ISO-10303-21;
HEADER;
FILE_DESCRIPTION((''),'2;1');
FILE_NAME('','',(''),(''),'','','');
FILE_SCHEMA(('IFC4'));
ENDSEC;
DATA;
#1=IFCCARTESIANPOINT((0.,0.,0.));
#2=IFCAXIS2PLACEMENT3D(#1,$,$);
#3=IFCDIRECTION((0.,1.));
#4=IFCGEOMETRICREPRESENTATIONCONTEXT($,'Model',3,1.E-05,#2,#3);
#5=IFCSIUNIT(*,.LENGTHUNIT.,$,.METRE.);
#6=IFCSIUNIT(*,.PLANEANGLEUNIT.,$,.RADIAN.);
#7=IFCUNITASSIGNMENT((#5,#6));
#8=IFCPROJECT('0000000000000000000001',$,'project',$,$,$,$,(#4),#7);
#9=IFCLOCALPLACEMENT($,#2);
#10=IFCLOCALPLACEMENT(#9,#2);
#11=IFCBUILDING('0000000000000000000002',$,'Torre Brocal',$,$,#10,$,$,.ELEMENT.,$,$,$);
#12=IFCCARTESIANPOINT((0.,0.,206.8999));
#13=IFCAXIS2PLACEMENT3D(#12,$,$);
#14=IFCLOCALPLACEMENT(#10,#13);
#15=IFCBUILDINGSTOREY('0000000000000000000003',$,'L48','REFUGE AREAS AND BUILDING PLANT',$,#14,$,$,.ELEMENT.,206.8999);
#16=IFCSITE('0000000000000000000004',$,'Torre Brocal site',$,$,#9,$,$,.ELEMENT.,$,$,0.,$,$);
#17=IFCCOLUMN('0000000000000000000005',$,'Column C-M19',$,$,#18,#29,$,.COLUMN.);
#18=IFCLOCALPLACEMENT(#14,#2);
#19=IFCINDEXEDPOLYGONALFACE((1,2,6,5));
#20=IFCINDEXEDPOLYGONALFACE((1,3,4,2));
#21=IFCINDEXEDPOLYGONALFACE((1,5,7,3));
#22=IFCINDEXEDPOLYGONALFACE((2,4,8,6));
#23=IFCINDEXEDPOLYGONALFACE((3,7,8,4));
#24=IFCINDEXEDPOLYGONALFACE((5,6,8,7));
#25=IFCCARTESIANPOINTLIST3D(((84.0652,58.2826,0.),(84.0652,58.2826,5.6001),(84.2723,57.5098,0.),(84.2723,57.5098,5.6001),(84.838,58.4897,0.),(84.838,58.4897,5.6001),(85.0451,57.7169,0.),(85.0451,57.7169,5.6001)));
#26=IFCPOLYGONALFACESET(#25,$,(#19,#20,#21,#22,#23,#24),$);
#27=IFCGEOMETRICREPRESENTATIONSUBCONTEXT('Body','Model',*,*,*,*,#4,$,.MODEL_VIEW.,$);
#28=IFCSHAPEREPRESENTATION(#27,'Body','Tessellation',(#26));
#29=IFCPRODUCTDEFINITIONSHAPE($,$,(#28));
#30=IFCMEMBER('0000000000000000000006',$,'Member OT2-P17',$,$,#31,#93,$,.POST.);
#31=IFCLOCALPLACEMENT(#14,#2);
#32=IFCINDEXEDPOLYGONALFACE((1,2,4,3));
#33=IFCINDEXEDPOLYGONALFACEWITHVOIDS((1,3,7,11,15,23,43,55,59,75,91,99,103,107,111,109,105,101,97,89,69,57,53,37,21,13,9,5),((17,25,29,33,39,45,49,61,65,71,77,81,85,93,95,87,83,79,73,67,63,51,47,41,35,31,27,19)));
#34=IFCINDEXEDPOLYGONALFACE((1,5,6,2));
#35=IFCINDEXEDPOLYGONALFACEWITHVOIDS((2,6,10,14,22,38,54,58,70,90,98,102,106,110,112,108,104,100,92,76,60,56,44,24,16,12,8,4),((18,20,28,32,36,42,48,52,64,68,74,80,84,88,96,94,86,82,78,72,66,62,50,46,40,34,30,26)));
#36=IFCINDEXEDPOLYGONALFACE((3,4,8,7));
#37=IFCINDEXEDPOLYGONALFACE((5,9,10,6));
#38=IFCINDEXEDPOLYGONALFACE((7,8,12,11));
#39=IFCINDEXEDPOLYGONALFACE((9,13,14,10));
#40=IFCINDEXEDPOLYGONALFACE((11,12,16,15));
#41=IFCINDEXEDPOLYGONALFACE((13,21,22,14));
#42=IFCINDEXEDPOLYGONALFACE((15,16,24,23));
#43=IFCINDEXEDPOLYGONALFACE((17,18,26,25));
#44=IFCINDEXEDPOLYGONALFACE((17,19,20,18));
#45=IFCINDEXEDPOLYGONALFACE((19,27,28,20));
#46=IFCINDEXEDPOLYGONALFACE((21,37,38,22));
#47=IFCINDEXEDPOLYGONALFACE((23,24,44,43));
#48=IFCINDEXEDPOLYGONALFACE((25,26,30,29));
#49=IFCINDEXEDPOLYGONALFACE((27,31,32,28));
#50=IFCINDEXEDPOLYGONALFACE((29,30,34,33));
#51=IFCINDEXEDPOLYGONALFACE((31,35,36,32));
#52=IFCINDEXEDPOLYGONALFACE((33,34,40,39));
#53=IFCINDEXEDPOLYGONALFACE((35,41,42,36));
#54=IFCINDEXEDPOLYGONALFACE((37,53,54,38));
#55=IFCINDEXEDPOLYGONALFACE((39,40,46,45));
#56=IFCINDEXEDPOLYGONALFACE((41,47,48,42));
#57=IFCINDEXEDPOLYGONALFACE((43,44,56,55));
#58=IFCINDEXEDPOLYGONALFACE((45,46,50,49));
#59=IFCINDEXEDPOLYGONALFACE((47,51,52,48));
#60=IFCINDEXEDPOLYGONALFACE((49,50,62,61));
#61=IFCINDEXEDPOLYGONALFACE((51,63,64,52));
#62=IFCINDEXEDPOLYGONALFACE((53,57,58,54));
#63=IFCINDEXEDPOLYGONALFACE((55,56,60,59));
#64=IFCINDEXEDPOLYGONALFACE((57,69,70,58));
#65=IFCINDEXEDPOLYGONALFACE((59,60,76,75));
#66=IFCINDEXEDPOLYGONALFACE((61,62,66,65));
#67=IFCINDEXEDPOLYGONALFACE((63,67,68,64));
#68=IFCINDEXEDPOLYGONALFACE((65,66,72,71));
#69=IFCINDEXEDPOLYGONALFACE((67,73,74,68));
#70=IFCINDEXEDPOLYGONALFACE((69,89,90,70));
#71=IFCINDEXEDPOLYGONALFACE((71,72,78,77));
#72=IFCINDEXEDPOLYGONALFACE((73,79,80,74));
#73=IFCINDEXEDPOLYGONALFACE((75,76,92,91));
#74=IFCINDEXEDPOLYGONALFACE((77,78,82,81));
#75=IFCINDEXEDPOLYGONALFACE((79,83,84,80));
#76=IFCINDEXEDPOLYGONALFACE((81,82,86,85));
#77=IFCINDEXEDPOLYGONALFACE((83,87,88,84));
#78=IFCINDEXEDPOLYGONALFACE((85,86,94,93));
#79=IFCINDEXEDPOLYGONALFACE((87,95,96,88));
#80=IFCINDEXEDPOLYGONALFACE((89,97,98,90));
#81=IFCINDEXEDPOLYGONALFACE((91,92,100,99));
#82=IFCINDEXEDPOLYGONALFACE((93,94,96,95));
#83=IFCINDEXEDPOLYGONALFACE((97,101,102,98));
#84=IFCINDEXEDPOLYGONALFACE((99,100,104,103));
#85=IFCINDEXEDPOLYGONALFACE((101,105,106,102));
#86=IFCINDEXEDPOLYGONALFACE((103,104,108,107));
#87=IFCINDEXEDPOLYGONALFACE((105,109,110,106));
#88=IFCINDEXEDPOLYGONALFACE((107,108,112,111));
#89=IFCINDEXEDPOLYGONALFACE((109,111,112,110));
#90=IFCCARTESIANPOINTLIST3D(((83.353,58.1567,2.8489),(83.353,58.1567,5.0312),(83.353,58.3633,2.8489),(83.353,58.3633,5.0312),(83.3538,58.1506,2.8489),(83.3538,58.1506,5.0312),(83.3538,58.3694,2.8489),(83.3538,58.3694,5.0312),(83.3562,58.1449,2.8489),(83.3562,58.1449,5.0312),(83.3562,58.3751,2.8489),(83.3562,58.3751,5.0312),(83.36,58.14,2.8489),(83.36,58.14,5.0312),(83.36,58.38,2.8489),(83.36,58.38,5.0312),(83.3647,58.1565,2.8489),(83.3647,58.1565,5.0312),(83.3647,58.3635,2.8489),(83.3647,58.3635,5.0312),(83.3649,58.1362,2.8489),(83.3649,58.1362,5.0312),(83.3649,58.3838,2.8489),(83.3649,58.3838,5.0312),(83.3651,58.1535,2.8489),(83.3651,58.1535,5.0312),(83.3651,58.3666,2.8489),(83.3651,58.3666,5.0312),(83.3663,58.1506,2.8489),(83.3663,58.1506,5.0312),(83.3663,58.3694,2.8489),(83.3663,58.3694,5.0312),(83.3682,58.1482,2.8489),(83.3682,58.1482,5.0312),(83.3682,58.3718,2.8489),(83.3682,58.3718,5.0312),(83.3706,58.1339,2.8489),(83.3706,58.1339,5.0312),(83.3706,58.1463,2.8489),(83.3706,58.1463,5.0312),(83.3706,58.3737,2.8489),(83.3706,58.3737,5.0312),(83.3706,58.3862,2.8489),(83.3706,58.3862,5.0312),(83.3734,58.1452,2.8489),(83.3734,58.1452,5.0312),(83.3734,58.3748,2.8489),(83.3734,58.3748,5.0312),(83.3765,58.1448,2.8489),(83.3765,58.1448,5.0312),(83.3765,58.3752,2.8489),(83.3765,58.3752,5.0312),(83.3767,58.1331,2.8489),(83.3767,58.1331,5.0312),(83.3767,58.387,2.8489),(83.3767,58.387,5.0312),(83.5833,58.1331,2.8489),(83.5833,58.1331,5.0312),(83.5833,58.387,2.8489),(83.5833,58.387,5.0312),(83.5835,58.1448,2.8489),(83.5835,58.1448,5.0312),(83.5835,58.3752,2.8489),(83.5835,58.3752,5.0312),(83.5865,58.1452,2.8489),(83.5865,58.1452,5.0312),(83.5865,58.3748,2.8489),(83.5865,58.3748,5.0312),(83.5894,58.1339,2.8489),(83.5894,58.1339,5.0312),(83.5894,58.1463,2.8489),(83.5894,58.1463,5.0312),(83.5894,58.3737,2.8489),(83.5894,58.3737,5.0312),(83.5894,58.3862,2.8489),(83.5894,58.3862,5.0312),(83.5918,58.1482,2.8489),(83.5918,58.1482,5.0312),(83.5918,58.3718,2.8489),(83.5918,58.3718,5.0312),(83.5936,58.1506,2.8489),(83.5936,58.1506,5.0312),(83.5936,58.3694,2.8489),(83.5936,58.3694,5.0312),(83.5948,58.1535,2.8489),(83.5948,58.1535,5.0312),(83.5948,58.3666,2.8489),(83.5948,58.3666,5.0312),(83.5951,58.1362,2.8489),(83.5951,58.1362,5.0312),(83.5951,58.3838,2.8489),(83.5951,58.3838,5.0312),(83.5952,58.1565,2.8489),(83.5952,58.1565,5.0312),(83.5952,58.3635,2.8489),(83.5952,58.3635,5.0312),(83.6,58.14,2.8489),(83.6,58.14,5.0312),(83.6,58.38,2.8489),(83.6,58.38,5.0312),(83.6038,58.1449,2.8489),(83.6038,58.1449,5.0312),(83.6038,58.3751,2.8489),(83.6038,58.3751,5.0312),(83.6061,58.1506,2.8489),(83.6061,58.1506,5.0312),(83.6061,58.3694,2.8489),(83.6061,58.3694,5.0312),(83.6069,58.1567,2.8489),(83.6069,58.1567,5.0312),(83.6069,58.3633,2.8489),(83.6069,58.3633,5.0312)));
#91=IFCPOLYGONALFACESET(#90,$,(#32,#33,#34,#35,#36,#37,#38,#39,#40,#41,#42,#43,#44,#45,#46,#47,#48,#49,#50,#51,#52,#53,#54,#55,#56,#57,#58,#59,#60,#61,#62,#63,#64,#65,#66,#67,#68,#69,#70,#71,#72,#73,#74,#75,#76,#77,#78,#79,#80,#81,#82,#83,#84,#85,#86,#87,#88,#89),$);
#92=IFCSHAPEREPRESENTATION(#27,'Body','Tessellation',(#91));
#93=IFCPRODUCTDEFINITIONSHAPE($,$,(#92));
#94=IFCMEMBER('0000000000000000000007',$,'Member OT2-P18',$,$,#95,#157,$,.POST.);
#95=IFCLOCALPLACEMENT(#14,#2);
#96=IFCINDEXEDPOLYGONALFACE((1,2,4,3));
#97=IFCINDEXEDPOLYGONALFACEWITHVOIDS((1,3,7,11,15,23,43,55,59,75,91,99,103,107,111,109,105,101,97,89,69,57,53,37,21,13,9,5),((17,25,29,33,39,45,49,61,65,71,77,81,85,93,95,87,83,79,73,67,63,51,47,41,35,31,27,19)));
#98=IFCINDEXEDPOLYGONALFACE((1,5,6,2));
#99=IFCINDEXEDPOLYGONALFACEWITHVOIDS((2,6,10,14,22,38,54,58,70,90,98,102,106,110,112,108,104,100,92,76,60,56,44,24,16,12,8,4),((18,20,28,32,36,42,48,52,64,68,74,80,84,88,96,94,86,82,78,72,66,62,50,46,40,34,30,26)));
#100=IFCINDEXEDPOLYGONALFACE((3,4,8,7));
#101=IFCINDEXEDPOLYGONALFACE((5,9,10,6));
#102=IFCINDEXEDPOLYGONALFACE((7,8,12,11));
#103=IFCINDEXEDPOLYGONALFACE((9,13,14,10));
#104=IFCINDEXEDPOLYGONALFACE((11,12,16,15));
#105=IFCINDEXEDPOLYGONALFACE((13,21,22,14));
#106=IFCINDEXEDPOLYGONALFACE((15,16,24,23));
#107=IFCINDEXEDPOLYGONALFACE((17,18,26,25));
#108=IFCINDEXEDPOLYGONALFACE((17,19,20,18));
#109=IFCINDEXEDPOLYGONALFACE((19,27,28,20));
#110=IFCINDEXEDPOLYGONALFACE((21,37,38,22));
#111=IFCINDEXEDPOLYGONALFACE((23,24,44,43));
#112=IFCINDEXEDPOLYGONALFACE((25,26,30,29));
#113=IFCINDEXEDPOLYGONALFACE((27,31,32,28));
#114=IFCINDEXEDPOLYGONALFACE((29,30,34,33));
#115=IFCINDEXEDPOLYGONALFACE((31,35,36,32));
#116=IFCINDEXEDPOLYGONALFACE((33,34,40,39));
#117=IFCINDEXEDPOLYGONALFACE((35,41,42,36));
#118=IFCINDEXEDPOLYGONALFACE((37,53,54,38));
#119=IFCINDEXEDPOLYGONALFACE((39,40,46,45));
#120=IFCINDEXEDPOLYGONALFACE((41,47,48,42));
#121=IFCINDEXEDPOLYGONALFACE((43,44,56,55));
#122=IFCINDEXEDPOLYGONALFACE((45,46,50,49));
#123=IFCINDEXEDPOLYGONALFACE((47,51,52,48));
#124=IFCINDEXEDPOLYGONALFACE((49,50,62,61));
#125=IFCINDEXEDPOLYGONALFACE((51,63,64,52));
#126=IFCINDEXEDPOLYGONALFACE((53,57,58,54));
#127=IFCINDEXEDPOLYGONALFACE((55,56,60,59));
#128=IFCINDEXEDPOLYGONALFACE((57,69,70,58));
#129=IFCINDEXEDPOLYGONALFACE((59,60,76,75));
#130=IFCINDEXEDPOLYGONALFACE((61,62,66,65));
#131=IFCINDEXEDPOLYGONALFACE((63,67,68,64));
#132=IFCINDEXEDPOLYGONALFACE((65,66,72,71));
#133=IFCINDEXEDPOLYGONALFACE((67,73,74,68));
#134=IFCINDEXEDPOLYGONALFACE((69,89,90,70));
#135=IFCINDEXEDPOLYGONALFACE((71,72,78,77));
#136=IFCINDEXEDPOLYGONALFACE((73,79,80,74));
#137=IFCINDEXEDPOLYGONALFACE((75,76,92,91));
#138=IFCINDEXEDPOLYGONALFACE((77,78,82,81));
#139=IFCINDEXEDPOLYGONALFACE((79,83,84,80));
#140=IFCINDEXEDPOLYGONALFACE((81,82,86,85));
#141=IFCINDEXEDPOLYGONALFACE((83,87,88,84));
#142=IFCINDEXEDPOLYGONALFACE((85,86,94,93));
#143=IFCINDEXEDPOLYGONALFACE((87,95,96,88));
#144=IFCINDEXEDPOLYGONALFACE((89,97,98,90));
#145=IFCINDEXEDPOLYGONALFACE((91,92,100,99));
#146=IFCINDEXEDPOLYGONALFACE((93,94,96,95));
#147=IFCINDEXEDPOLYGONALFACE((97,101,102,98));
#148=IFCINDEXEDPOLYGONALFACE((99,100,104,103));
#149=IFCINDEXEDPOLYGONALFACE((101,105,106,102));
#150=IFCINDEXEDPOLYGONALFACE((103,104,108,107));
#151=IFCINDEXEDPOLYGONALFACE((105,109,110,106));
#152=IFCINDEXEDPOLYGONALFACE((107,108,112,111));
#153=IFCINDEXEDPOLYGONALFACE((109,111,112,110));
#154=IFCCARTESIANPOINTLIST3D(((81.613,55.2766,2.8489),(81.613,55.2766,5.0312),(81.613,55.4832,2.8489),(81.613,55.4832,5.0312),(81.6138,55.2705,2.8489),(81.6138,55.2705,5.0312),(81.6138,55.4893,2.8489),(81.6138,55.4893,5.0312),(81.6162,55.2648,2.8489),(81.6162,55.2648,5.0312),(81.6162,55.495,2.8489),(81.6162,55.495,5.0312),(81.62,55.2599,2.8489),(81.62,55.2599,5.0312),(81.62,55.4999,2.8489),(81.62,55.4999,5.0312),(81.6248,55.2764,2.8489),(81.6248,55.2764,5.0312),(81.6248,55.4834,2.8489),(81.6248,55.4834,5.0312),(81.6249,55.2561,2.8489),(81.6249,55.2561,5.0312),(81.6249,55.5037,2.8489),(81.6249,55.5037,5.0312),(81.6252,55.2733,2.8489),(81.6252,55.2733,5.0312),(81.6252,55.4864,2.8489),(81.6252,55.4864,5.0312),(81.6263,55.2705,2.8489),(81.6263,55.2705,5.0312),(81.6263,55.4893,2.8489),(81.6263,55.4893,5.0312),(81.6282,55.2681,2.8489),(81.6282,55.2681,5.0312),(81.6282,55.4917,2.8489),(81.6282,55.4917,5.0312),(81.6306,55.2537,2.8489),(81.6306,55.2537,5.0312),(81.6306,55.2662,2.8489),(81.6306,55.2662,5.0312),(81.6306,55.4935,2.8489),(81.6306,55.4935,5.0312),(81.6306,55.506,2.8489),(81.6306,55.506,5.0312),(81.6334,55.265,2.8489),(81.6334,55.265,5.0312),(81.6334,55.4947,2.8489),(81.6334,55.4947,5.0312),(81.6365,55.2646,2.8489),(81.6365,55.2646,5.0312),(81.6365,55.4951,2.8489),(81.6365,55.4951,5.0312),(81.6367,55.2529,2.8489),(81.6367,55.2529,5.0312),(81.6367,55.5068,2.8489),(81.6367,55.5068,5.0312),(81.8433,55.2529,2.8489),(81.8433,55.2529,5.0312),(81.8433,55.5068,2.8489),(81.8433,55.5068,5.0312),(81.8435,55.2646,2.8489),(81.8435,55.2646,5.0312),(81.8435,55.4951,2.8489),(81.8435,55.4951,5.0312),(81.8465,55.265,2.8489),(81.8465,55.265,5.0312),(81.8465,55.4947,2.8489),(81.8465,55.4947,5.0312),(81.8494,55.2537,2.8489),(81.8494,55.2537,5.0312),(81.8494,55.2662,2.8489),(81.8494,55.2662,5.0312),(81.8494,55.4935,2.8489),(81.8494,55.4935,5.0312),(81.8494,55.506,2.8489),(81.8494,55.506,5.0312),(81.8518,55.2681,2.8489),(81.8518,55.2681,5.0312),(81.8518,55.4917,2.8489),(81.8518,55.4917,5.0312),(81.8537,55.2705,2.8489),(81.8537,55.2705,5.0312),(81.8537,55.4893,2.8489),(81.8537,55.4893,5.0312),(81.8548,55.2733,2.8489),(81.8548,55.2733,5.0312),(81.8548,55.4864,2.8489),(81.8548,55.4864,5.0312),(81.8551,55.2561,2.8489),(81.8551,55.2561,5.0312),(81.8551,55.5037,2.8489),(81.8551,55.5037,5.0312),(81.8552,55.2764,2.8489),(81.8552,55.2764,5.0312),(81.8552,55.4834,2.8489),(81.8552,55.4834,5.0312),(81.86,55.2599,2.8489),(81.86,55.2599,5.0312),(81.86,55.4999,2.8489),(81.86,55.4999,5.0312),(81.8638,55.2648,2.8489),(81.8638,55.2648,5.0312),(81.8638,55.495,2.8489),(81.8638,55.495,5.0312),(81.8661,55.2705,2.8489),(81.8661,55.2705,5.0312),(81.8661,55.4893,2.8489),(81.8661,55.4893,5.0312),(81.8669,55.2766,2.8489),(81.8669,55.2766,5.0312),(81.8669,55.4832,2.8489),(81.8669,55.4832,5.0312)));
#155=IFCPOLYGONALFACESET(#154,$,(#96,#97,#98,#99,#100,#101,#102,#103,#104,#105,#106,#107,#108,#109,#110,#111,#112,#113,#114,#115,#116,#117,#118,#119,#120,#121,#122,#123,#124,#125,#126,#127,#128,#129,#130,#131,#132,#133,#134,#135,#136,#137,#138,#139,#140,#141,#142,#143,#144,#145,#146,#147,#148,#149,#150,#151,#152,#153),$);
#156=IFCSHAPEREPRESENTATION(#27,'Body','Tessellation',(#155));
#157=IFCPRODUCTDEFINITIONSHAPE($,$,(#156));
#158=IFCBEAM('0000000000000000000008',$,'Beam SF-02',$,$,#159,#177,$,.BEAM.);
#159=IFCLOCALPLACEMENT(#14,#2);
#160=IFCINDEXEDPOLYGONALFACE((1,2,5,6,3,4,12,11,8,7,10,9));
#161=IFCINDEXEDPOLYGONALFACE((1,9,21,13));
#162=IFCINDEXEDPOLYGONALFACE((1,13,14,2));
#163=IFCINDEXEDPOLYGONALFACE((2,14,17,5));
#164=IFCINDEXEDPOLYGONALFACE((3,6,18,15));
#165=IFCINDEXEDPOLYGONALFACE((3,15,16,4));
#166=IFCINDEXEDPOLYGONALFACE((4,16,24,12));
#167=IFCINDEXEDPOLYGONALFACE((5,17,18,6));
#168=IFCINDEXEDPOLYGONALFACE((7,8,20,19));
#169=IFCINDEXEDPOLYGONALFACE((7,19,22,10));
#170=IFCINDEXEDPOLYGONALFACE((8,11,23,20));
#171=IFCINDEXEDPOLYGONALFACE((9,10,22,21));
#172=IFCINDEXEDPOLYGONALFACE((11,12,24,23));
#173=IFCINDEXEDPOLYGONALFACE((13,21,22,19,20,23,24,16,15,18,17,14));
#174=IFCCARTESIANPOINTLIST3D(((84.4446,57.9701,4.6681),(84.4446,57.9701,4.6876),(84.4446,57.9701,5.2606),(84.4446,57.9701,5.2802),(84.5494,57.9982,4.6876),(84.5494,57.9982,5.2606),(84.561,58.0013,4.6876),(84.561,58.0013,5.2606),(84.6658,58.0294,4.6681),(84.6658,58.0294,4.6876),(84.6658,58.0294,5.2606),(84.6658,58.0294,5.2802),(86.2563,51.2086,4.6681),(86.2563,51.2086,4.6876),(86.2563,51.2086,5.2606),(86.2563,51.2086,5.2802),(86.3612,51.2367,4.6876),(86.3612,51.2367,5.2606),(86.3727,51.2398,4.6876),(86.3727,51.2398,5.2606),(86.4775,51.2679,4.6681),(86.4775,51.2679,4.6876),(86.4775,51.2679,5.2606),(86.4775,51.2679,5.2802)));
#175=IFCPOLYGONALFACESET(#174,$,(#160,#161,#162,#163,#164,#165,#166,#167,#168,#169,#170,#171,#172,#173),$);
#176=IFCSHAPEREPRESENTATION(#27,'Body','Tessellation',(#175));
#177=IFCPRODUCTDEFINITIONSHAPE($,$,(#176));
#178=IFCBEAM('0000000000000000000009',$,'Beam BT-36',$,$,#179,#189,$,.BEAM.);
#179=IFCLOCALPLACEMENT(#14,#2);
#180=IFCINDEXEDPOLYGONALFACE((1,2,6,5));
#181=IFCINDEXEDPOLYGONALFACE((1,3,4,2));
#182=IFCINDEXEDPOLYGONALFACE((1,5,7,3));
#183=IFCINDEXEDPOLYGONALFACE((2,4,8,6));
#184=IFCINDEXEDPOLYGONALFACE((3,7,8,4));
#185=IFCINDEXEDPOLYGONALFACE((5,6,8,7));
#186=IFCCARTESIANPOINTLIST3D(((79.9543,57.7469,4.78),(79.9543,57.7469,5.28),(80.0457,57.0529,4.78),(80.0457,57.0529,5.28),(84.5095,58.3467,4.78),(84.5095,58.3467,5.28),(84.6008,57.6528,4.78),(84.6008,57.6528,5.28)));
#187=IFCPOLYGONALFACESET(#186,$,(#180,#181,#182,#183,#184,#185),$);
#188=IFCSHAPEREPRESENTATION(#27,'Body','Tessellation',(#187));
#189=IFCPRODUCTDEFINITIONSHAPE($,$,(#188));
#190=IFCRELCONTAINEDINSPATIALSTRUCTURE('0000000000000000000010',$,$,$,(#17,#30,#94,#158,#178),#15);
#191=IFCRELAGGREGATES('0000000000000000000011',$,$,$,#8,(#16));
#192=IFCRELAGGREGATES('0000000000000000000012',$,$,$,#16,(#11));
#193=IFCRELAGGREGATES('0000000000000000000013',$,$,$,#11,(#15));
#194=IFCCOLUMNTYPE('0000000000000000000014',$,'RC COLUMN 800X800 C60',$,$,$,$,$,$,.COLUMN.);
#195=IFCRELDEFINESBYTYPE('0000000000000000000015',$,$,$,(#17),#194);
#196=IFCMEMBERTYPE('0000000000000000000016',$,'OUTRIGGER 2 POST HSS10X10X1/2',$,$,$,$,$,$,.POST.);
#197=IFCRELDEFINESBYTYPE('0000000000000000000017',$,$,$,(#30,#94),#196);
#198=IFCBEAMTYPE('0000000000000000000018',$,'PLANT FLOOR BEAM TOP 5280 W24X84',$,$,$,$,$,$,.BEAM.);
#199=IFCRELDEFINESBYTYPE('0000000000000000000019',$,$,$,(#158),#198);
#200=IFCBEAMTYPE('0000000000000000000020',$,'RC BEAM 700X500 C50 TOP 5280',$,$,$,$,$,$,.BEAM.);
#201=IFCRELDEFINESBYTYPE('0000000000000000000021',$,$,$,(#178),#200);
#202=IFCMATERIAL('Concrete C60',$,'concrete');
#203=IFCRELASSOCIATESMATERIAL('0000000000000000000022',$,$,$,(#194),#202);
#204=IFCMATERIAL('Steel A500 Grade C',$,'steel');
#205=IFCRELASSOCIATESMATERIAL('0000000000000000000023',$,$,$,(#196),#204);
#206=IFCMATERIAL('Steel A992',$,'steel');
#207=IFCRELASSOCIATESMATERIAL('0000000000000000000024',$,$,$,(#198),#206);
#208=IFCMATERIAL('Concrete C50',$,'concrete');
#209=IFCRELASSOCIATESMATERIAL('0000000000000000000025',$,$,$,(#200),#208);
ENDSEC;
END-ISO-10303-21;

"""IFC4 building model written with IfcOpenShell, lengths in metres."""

from ifc_helpers import new_model, si_unit, direction, frame, origin, origin_2d, place, context, subcontext, project, spatial, rectangle, hollow_rectangle, i_section, extrude, material, material_profile, profile_set, type_object, element, save


model = new_model("IFC4")

# Units and contexts
model_context = context("Model", 3, precision=1e-05, world=origin(), true_north=direction((0.0, 1.0)))
body_context = subcontext(model_context, "Body", "Model", "MODEL_VIEW")
ifc_project = project(units=[si_unit("LENGTHUNIT", "METRE"), si_unit("PLANEANGLEUNIT", "RADIAN")], contexts=[model_context])

# Site, building, storey
site_placement = place(None, origin())
site = spatial("IfcSite", under=ifc_project, at=site_placement, Name="Torre Brocal site", CompositionType="ELEMENT", RefElevation=0.0)
building_placement = place(site_placement, origin())
building = spatial("IfcBuilding", under=site, at=building_placement, Name="Torre Brocal", CompositionType="ELEMENT")
storey_placement = place(building_placement, frame((0.0, 0.0, 206.8999)))
storey = spatial("IfcBuildingStorey", under=building, at=storey_placement, Name="L48", Description="REFUGE AREAS AND BUILDING PLANT", CompositionType="ELEMENT", Elevation=206.8999)

# Column
ifc_material_1 = material(Name="Concrete C60", Category="concrete")
ifc_material_profile_1 = material_profile(ifc_material_1, rectangle(XDim=0.8, YDim=0.8, at=origin_2d()), Name="RC 800X800")
ifc_profile_set_1 = profile_set([ifc_material_profile_1], Name="Concrete C60")
column_type = type_object("IfcColumnType", Name="RC COLUMN 800X800 C60", PredefinedType="COLUMN", material=ifc_profile_set_1)
column_placement = place(storey_placement, frame((84.5552, 57.9998, 0.0), z_axis=(0.0, 0.0, 1.0), x_axis=(0.258819, -0.965926, 0.0)))
element("IfcColumn", 1, at=column_placement, inside=storey, type_object=column_type, Name="Column C-M19", PredefinedType="COLUMN", context=body_context, shape_type="SweptSolid", body=[
    extrude(rectangle(XDim=0.8, YDim=0.8, at=origin_2d()), origin(), (0.0, 0.0, 1.0), 5.6001),
])

# Members
ifc_material_2 = material(Name="Steel A500 Grade C", Category="steel")
ifc_material_profile_2 = material_profile(ifc_material_2, hollow_rectangle(XDim=0.2539, YDim=0.2539, WallThickness=0.0117, InnerFilletRadius=0.0117, OuterFilletRadius=0.0237, at=origin_2d()), Name="HSS10X10X1/2")
ifc_profile_set_2 = profile_set([ifc_material_profile_2], Name="Steel A500 Grade C")
member_type_1 = type_object("IfcMemberType", Name="OUTRIGGER 2 POST HSS10X10X1/2", PredefinedType="POST", material=ifc_profile_set_2)
for number, where, z_axis, x_axis, name in (
    (2, (83.48, 58.26, 2.8489), (0.0, 0.0, 1.0), (1.0, 0.0, 0.0), "Member OT2-P17"),
    (3, (81.74, 55.3799, 2.8489), (0.0, 0.0, 1.0), (1.0, 0.0, 0.0), "Member OT2-P18"),
):
    element("IfcMember", number, at=place(storey_placement, frame(where, z_axis=z_axis, x_axis=x_axis)), inside=storey, type_object=member_type_1, Name=name, PredefinedType="POST", context=body_context, shape_type="SweptSolid", body=[
        extrude(hollow_rectangle(XDim=0.2539, YDim=0.2539, WallThickness=0.0117, InnerFilletRadius=0.0117, OuterFilletRadius=0.0237, at=origin_2d()), origin(), (0.0, 0.0, 1.0), 2.1824),
    ])

# Beams
ifc_material_3 = material(Name="Steel A992", Category="steel")
ifc_material_profile_3 = material_profile(ifc_material_3, i_section(OverallWidth=0.229, OverallDepth=0.6121, WebThickness=0.012, FlangeThickness=0.0195, at=origin_2d()), Name="W24X84")
ifc_profile_set_3 = profile_set([ifc_material_profile_3], Name="Steel A992")
beam_type_1 = type_object("IfcBeamType", Name="PLANT FLOOR BEAM TOP 5280 W24X84", PredefinedType="BEAM", material=ifc_profile_set_3)
beam_1_placement = place(storey_placement, frame((84.5552, 57.9998, 4.9741), z_axis=(0.258824, -0.965925, 0.0), x_axis=(0.965925, 0.258824, 0.0)))
element("IfcBeam", 4, at=beam_1_placement, inside=storey, type_object=beam_type_1, Name="Beam SF-02", PredefinedType="BEAM", context=body_context, shape_type="SweptSolid", body=[
    extrude(i_section(OverallWidth=0.229, OverallDepth=0.6121, WebThickness=0.012, FlangeThickness=0.0195, at=origin_2d()), origin(), (0.0, 0.0, 1.0), 7.0),
])
ifc_material_4 = material(Name="Concrete C50", Category="concrete")
ifc_material_profile_4 = material_profile(ifc_material_4, rectangle(XDim=0.7, YDim=0.5, at=origin_2d()), Name="RC 700X500")
ifc_profile_set_4 = profile_set([ifc_material_profile_4], Name="Concrete C50")
beam_type_2 = type_object("IfcBeamType", Name="RC BEAM 700X500 C50 TOP 5280", PredefinedType="BEAM", material=ifc_profile_set_4)
beam_2_placement = place(storey_placement, frame((80.0, 57.3999, 5.03), z_axis=(0.991441, 0.130559, 0.0), x_axis=(-0.130559, 0.991441, 0.0)))
element("IfcBeam", 5, at=beam_2_placement, inside=storey, type_object=beam_type_2, Name="Beam BT-36", PredefinedType="BEAM", context=body_context, shape_type="SweptSolid", body=[
    extrude(rectangle(XDim=0.7, YDim=0.5, at=origin_2d()), origin(), (0.0, 0.0, 1.0), 4.5945),
])

save(model, "model.ifc")
